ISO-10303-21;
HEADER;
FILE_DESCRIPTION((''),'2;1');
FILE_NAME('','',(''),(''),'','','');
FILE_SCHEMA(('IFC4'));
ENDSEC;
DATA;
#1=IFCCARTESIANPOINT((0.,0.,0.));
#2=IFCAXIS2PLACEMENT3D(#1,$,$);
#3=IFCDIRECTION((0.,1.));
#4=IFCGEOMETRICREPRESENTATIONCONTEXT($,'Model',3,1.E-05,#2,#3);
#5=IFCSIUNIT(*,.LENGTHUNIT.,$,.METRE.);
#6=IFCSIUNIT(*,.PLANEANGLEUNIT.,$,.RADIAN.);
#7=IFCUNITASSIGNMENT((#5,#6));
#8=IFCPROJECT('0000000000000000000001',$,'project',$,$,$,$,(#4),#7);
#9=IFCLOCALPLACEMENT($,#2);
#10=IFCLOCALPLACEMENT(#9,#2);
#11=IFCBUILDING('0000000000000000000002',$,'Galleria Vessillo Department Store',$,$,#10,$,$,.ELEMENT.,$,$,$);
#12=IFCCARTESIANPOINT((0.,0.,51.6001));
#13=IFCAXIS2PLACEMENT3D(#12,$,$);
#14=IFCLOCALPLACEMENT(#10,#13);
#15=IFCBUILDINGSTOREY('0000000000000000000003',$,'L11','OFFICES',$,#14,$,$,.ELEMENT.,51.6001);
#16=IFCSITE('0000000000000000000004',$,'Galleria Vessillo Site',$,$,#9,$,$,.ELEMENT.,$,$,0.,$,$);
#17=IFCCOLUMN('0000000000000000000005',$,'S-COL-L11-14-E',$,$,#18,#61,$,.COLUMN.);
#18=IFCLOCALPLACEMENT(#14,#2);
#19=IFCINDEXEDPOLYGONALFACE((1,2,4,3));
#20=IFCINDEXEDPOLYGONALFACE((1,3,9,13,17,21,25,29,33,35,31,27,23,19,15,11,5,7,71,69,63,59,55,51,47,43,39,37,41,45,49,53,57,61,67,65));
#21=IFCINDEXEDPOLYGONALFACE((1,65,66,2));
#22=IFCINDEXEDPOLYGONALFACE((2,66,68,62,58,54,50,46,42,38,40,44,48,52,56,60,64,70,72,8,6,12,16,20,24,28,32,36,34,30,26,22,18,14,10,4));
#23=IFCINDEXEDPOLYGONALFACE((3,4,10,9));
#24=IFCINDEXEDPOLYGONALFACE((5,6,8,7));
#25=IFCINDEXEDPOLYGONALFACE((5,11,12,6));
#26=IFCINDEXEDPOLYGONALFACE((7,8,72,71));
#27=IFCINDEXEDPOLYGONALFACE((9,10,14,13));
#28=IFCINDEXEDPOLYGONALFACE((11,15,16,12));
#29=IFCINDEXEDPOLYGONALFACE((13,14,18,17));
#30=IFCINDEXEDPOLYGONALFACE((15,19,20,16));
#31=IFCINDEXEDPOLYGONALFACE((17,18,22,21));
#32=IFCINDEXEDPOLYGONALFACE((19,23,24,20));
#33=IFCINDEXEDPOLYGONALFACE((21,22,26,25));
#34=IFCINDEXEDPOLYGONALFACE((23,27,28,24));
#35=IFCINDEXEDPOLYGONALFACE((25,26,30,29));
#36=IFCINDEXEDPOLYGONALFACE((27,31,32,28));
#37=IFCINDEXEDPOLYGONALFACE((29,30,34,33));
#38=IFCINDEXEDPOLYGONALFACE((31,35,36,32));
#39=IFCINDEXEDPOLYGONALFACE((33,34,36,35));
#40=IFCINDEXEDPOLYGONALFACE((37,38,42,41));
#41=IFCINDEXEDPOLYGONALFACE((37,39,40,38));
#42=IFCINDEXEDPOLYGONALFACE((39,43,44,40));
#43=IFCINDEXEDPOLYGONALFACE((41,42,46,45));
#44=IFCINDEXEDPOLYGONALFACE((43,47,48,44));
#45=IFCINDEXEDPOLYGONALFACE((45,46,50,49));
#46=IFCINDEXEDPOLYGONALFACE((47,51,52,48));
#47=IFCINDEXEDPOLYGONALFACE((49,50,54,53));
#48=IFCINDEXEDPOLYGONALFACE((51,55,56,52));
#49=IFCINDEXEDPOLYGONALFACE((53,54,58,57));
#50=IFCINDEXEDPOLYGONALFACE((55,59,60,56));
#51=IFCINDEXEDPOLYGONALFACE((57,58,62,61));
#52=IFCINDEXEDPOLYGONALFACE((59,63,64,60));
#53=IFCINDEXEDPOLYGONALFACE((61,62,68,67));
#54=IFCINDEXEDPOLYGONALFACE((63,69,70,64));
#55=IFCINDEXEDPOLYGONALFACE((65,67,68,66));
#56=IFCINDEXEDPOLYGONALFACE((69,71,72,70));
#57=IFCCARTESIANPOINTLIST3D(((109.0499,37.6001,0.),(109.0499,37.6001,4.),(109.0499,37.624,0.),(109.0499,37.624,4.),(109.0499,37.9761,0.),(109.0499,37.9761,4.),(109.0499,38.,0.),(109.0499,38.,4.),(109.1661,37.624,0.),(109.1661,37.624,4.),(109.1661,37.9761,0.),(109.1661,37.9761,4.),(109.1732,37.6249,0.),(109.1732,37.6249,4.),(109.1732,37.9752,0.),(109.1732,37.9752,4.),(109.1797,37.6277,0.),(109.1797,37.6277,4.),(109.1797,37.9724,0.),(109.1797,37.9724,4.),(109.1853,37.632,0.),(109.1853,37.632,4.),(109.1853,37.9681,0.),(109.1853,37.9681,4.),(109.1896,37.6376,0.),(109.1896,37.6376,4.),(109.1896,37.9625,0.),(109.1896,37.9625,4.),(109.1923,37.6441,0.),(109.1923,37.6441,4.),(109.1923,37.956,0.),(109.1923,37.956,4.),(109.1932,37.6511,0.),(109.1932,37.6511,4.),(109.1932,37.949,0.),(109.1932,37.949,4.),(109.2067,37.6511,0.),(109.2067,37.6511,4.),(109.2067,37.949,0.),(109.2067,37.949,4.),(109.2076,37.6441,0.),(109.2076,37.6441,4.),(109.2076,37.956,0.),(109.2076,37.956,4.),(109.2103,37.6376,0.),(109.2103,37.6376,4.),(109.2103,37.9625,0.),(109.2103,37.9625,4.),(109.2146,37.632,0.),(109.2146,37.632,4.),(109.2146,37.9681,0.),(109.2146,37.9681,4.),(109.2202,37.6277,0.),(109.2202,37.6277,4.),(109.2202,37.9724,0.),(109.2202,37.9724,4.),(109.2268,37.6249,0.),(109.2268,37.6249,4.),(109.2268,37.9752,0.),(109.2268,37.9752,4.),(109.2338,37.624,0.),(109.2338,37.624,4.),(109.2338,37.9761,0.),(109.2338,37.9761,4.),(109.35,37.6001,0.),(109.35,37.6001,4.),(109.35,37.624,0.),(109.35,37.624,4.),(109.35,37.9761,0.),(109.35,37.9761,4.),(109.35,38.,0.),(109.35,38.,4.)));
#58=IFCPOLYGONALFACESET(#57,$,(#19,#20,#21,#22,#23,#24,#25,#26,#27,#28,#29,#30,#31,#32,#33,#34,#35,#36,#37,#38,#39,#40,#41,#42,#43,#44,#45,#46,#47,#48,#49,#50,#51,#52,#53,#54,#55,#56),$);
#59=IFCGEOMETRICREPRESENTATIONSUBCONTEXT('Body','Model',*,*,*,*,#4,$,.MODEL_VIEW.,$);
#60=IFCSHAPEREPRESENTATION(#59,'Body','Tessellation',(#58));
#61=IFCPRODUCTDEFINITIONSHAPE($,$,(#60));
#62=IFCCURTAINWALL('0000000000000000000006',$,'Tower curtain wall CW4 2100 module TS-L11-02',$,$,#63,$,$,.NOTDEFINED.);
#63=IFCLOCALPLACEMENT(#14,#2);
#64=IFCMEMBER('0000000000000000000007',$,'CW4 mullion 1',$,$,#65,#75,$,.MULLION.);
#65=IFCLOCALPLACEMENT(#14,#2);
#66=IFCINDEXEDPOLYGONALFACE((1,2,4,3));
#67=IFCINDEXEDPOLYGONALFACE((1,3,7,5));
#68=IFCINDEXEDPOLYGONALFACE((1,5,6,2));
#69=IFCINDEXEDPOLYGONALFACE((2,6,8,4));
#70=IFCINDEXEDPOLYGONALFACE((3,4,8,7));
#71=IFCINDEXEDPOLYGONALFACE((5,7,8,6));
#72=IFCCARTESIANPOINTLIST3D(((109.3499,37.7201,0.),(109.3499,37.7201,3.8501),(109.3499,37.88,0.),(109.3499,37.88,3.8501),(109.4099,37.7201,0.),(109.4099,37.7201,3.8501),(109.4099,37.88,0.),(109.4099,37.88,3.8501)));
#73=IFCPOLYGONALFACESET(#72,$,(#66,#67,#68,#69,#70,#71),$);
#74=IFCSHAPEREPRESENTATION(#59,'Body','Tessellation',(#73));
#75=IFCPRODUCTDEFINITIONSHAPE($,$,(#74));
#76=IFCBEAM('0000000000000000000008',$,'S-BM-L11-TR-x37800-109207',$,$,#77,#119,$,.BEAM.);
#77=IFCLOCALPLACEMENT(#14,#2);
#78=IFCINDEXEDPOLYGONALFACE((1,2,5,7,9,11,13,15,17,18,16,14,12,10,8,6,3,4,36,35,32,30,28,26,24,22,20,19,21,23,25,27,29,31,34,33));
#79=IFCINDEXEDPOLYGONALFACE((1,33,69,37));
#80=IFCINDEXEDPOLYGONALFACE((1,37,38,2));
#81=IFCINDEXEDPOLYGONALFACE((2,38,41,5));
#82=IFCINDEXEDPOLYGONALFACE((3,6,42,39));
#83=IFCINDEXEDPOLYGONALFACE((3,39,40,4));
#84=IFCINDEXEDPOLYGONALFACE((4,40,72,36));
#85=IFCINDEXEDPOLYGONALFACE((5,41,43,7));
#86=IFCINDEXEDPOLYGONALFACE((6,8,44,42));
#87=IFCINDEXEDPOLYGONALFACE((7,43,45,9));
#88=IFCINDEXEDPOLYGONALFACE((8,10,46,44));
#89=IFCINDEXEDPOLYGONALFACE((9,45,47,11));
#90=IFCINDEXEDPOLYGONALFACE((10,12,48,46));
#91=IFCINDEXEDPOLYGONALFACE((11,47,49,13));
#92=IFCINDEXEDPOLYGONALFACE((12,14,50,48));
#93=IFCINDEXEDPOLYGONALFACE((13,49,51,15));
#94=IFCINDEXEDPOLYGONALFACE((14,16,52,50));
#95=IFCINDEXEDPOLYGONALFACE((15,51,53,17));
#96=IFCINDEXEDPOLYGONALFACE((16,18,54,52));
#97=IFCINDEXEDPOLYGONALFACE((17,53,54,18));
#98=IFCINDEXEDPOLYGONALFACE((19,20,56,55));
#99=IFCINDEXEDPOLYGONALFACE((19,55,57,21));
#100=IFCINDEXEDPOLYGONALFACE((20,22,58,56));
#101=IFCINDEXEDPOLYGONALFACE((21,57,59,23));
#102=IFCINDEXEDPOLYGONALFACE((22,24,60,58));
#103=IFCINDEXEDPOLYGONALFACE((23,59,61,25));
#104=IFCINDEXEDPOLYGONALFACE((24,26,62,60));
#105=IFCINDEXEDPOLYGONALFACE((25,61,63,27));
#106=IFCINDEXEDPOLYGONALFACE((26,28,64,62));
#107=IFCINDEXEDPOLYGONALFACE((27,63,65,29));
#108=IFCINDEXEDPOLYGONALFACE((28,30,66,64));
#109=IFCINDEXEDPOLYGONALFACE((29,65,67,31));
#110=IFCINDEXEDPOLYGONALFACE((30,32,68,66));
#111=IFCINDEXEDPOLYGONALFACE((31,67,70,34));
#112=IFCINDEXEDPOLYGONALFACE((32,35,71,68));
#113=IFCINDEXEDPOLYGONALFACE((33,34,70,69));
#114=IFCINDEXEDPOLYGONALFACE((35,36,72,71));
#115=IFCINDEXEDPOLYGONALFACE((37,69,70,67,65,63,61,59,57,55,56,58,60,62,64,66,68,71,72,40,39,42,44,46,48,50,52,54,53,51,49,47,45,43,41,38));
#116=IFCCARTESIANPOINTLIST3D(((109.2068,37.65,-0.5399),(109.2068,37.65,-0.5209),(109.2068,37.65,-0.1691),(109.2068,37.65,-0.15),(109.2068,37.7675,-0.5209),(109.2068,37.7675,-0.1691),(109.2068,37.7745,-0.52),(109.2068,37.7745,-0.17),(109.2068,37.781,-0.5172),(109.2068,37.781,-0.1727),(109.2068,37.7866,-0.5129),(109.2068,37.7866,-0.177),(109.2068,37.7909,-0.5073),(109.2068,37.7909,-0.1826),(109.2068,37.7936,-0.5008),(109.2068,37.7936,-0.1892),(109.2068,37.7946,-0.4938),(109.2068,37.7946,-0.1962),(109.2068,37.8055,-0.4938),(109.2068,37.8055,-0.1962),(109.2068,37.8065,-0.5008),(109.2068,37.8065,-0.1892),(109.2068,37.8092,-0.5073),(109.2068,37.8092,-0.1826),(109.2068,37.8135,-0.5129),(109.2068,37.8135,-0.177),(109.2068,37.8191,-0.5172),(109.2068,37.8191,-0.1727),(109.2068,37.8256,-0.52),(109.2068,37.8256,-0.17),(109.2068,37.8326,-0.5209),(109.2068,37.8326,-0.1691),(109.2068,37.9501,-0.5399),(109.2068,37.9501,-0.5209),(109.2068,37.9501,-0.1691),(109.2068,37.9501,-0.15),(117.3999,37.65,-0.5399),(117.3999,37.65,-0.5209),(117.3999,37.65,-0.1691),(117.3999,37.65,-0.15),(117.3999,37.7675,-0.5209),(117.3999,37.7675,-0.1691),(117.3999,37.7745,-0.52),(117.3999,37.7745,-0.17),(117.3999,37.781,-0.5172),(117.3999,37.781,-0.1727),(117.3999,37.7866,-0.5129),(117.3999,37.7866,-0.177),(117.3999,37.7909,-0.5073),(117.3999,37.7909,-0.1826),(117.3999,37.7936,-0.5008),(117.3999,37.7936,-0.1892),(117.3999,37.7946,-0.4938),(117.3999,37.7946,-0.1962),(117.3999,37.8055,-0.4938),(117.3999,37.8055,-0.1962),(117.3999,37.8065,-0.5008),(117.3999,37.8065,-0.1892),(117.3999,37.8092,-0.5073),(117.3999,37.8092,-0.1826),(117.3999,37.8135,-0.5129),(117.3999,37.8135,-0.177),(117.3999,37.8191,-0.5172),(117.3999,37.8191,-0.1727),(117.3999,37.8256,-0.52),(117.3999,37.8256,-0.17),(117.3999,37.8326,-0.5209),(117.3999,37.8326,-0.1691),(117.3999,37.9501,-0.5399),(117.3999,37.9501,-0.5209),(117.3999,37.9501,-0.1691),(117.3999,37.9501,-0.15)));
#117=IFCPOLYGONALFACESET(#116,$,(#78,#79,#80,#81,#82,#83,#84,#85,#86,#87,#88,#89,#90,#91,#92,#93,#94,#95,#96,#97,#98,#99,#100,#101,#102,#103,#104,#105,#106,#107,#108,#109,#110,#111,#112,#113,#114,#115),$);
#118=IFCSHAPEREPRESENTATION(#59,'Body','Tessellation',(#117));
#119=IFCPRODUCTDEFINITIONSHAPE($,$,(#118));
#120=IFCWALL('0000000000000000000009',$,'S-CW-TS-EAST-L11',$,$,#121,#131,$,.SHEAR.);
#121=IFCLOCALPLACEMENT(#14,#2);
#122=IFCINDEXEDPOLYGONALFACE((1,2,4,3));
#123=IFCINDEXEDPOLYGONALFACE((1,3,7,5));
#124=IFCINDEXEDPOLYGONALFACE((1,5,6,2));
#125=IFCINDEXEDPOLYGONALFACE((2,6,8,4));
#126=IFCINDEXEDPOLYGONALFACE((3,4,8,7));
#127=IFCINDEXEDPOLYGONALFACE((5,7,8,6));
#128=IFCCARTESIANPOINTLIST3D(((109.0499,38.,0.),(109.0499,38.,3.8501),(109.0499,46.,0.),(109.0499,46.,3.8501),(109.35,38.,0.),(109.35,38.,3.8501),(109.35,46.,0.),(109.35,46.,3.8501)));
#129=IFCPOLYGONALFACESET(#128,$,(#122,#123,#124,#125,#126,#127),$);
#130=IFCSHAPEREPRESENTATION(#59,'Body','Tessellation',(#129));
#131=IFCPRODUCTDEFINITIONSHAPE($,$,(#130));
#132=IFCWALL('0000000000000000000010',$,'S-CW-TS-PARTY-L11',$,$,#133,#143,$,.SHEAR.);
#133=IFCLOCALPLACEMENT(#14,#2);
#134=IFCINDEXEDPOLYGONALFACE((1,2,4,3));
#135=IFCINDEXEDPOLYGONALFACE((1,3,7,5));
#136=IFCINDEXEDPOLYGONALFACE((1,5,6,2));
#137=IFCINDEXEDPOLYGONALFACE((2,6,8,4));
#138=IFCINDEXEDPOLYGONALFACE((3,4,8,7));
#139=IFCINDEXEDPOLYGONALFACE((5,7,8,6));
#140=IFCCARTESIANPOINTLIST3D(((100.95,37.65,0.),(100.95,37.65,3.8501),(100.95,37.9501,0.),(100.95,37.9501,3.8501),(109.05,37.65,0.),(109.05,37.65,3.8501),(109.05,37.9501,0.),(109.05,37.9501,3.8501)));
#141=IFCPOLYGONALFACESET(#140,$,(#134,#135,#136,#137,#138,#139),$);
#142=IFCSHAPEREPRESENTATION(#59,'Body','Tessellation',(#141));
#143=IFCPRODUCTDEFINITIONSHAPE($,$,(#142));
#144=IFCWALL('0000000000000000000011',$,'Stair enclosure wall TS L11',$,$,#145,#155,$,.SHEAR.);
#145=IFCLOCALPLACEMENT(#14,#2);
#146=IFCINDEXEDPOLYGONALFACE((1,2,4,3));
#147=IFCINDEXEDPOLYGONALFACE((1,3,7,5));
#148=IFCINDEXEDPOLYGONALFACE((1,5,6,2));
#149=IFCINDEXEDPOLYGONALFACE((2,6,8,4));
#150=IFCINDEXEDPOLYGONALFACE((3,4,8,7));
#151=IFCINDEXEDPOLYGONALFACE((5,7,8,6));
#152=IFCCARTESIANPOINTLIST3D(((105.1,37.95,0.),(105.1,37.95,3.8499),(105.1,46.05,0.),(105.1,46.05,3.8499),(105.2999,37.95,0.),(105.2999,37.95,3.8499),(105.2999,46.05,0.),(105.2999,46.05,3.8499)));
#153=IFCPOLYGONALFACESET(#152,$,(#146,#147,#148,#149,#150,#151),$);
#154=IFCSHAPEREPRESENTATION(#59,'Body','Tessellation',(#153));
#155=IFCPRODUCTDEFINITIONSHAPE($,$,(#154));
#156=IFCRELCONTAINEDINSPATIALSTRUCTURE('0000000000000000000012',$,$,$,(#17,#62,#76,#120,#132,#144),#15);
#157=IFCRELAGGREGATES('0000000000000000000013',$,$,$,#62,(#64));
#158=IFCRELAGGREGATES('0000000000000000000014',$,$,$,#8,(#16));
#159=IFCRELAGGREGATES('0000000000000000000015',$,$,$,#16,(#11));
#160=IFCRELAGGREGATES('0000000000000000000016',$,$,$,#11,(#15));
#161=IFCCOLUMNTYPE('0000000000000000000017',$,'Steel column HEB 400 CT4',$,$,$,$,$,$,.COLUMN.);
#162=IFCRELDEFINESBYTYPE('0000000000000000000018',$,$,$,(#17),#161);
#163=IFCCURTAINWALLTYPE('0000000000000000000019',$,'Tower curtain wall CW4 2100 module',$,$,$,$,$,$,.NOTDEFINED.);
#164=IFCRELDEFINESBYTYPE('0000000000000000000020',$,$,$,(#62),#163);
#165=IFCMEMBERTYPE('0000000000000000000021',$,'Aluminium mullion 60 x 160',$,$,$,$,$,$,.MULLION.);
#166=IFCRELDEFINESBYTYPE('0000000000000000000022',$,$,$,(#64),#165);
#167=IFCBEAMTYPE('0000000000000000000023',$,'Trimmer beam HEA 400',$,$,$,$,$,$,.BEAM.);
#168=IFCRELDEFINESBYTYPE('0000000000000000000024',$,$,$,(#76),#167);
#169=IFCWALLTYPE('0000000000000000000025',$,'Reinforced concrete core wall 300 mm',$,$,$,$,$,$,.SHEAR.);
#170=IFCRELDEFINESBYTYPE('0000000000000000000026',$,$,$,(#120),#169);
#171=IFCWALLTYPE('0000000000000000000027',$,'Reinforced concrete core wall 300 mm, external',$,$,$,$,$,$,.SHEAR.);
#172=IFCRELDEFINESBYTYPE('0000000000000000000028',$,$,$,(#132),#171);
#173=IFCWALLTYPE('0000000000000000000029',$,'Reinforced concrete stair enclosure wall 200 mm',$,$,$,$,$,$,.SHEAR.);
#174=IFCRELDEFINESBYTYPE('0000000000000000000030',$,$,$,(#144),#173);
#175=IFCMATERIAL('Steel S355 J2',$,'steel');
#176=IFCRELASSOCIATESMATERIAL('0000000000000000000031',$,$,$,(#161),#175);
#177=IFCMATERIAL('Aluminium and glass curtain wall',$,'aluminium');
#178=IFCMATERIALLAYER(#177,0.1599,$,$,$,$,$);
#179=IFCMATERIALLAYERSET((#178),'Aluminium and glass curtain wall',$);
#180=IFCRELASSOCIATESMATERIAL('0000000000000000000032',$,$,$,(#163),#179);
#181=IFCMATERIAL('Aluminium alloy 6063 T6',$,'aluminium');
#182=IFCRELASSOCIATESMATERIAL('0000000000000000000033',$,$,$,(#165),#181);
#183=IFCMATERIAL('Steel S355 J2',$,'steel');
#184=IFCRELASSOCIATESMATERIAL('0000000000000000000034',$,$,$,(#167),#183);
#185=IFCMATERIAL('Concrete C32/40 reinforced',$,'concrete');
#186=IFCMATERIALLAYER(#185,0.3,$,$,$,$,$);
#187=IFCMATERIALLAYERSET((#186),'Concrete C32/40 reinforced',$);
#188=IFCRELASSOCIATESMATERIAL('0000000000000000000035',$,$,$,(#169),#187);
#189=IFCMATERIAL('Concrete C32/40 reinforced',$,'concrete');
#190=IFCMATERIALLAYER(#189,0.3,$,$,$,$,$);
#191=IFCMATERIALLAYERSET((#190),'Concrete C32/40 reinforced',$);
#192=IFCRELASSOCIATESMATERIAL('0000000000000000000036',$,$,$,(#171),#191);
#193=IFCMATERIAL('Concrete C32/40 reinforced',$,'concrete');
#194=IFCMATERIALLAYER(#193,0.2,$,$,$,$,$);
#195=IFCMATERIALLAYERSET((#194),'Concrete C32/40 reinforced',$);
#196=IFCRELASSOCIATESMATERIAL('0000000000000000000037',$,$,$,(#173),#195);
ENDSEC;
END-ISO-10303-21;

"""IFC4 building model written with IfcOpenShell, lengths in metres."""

from ifc_helpers import new_model, si_unit, direction, frame, frame_2d, origin, origin_2d, place, context, subcontext, project, spatial, rectangle, i_section, extrude, material, layer, layer_set, material_profile, profile_set, type_object, element, aggregate, save


model = new_model("IFC4")

# Units and contexts
model_context = context("Model", 3, precision=1e-05, world=origin(), true_north=direction((0.0, 1.0)))
body_context = subcontext(model_context, "Body", "Model", "MODEL_VIEW")
ifc_project = project(units=[si_unit("LENGTHUNIT", "METRE"), si_unit("PLANEANGLEUNIT", "RADIAN")], contexts=[model_context])

# Site, building, storey
site_placement = place(None, origin())
site = spatial("IfcSite", under=ifc_project, at=site_placement, Name="Galleria Vessillo Site", CompositionType="ELEMENT", RefElevation=0.0)
building_placement = place(site_placement, origin())
building = spatial("IfcBuilding", under=site, at=building_placement, Name="Galleria Vessillo Department Store", CompositionType="ELEMENT")
storey_placement = place(building_placement, frame((0.0, 0.0, 51.6001)))
storey = spatial("IfcBuildingStorey", under=building, at=storey_placement, Name="L11", Description="OFFICES", CompositionType="ELEMENT", Elevation=51.6001)

# Column
ifc_material_1 = material(Name="Steel S355 J2", Category="steel")
ifc_material_profile_1 = material_profile(ifc_material_1, i_section(OverallWidth=0.3, OverallDepth=0.3999, WebThickness=0.0134, FlangeThickness=0.0239, FilletRadius=0.0271, at=origin_2d()), Name="HEB 400")
ifc_profile_set_1 = profile_set([ifc_material_profile_1], Name="Steel S355 J2")
column_type = type_object("IfcColumnType", Name="Steel column HEB 400 CT4", PredefinedType="COLUMN", material=ifc_profile_set_1)
column_placement = place(storey_placement, frame((109.2, 37.8, 0.0), z_axis=(0.0, 0.0, 1.0), x_axis=(1.0, 0.0, 0.0)))
element("IfcColumn", 1, at=column_placement, inside=storey, type_object=column_type, Name="S-COL-L11-14-E", PredefinedType="COLUMN", context=body_context, shape_type="SweptSolid", body=[
    extrude(i_section(OverallWidth=0.3, OverallDepth=0.3999, WebThickness=0.0134, FlangeThickness=0.0239, FilletRadius=0.0271, at=origin_2d()), origin(), (0.0, 0.0, 1.0), 4.0),
])

# Curtain wall, member
ifc_material_2 = material(Name="Aluminium and glass curtain wall", Category="aluminium")
ifc_layer_1 = layer(ifc_material_2, 0.1599)
ifc_layer_set_1 = layer_set([ifc_layer_1], Name="Aluminium and glass curtain wall")
curtain_wall_type = type_object("IfcCurtainWallType", Name="Tower curtain wall CW4 2100 module", PredefinedType="NOTDEFINED", material=ifc_layer_set_1)
curtain_wall_placement = place(storey_placement, origin())
curtain_wall = element("IfcCurtainWall", 2, at=curtain_wall_placement, inside=storey, type_object=curtain_wall_type, Name="Tower curtain wall CW4 2100 module TS-L11-02", PredefinedType="NOTDEFINED")
ifc_material_3 = material(Name="Aluminium alloy 6063 T6", Category="aluminium")
ifc_material_profile_2 = material_profile(ifc_material_3, rectangle(XDim=0.1599, YDim=0.0601, at=origin_2d()), Name="AL 60x160")
ifc_profile_set_2 = profile_set([ifc_material_profile_2], Name="Aluminium alloy 6063 T6")
member_type = type_object("IfcMemberType", Name="Aluminium mullion 60 x 160", PredefinedType="MULLION", material=ifc_profile_set_2)
member_placement = place(storey_placement, frame((109.3799, 37.8, 0.0), z_axis=(0.0, 0.0, 1.0), x_axis=(0.0, 1.0, 0.0)))
member = element("IfcMember", 3, at=member_placement, type_object=member_type, Name="CW4 mullion 1", PredefinedType="MULLION", context=body_context, shape_type="SweptSolid", body=[
    extrude(rectangle(XDim=0.1599, YDim=0.0601, at=origin_2d()), origin(), (0.0, 0.0, 1.0), 3.8501),
])
aggregate(curtain_wall, [member])

# Beam
ifc_material_4 = material(Name="Steel S355 J2", Category="steel")
ifc_material_profile_3 = material_profile(ifc_material_4, i_section(OverallWidth=0.3, OverallDepth=0.3899, WebThickness=0.011, FlangeThickness=0.019, FilletRadius=0.0271, at=origin_2d()), Name="HEA 400")
ifc_profile_set_3 = profile_set([ifc_material_profile_3], Name="Steel S355 J2")
beam_type = type_object("IfcBeamType", Name="Trimmer beam HEA 400", PredefinedType="BEAM", material=ifc_profile_set_3)
beam_placement = place(storey_placement, frame((109.2068, 37.8, -0.345), z_axis=(1.0, 0.0, 0.0), x_axis=(0.0, 1.0, 0.0)))
element("IfcBeam", 4, at=beam_placement, inside=storey, type_object=beam_type, Name="S-BM-L11-TR-x37800-109207", PredefinedType="BEAM", context=body_context, shape_type="SweptSolid", body=[
    extrude(i_section(OverallWidth=0.3, OverallDepth=0.3899, WebThickness=0.011, FlangeThickness=0.019, FilletRadius=0.0271, at=origin_2d()), origin(), (0.0, 0.0, 1.0), 8.1931),
])

# Walls
ifc_material_5 = material(Name="Concrete C32/40 reinforced", Category="concrete")
ifc_layer_2 = layer(ifc_material_5, 0.3)
ifc_layer_set_2 = layer_set([ifc_layer_2], Name="Concrete C32/40 reinforced")
wall_type_1 = type_object("IfcWallType", Name="Reinforced concrete core wall 300 mm", PredefinedType="SHEAR", material=ifc_layer_set_2)
wall_1_placement = place(storey_placement, frame((109.2, 38.0, 0.0), z_axis=(0.0, 0.0, 1.0), x_axis=(0.0, 1.0, 0.0)))
element("IfcWall", 5, at=wall_1_placement, inside=storey, type_object=wall_type_1, Name="S-CW-TS-EAST-L11", PredefinedType="SHEAR", context=body_context, shape_type="SweptSolid", body=[
    extrude(rectangle(XDim=8.0, YDim=0.3, at=frame_2d((4.0, 0.0))), origin(), (0.0, 0.0, 1.0), 3.8501),
])
ifc_material_6 = material(Name="Concrete C32/40 reinforced", Category="concrete")
ifc_layer_3 = layer(ifc_material_6, 0.3)
ifc_layer_set_3 = layer_set([ifc_layer_3], Name="Concrete C32/40 reinforced")
wall_type_2 = type_object("IfcWallType", Name="Reinforced concrete core wall 300 mm, external", PredefinedType="SHEAR", material=ifc_layer_set_3)
wall_2_placement = place(storey_placement, frame((100.95, 37.8, 0.0), z_axis=(0.0, 0.0, 1.0), x_axis=(1.0, 0.0, 0.0)))
element("IfcWall", 6, at=wall_2_placement, inside=storey, type_object=wall_type_2, Name="S-CW-TS-PARTY-L11", PredefinedType="SHEAR", context=body_context, shape_type="SweptSolid", body=[
    extrude(rectangle(XDim=8.1001, YDim=0.3, at=frame_2d((4.05, 0.0))), origin(), (0.0, 0.0, 1.0), 3.8501),
])
ifc_material_7 = material(Name="Concrete C32/40 reinforced", Category="concrete")
ifc_layer_4 = layer(ifc_material_7, 0.2)
ifc_layer_set_4 = layer_set([ifc_layer_4], Name="Concrete C32/40 reinforced")
wall_type_3 = type_object("IfcWallType", Name="Reinforced concrete stair enclosure wall 200 mm", PredefinedType="SHEAR", material=ifc_layer_set_4)
wall_3_placement = place(storey_placement, frame((105.2, 37.95, 0.0), z_axis=(0.0, 0.0, 1.0), x_axis=(0.0, 1.0, 0.0)))
element("IfcWall", 7, at=wall_3_placement, inside=storey, type_object=wall_type_3, Name="Stair enclosure wall TS L11", PredefinedType="SHEAR", context=body_context, shape_type="SweptSolid", body=[
    extrude(rectangle(XDim=8.1001, YDim=0.2, at=frame_2d((4.05, 0.0))), origin(), (0.0, 0.0, 1.0), 3.8499),
])

save(model, "model.ifc")
